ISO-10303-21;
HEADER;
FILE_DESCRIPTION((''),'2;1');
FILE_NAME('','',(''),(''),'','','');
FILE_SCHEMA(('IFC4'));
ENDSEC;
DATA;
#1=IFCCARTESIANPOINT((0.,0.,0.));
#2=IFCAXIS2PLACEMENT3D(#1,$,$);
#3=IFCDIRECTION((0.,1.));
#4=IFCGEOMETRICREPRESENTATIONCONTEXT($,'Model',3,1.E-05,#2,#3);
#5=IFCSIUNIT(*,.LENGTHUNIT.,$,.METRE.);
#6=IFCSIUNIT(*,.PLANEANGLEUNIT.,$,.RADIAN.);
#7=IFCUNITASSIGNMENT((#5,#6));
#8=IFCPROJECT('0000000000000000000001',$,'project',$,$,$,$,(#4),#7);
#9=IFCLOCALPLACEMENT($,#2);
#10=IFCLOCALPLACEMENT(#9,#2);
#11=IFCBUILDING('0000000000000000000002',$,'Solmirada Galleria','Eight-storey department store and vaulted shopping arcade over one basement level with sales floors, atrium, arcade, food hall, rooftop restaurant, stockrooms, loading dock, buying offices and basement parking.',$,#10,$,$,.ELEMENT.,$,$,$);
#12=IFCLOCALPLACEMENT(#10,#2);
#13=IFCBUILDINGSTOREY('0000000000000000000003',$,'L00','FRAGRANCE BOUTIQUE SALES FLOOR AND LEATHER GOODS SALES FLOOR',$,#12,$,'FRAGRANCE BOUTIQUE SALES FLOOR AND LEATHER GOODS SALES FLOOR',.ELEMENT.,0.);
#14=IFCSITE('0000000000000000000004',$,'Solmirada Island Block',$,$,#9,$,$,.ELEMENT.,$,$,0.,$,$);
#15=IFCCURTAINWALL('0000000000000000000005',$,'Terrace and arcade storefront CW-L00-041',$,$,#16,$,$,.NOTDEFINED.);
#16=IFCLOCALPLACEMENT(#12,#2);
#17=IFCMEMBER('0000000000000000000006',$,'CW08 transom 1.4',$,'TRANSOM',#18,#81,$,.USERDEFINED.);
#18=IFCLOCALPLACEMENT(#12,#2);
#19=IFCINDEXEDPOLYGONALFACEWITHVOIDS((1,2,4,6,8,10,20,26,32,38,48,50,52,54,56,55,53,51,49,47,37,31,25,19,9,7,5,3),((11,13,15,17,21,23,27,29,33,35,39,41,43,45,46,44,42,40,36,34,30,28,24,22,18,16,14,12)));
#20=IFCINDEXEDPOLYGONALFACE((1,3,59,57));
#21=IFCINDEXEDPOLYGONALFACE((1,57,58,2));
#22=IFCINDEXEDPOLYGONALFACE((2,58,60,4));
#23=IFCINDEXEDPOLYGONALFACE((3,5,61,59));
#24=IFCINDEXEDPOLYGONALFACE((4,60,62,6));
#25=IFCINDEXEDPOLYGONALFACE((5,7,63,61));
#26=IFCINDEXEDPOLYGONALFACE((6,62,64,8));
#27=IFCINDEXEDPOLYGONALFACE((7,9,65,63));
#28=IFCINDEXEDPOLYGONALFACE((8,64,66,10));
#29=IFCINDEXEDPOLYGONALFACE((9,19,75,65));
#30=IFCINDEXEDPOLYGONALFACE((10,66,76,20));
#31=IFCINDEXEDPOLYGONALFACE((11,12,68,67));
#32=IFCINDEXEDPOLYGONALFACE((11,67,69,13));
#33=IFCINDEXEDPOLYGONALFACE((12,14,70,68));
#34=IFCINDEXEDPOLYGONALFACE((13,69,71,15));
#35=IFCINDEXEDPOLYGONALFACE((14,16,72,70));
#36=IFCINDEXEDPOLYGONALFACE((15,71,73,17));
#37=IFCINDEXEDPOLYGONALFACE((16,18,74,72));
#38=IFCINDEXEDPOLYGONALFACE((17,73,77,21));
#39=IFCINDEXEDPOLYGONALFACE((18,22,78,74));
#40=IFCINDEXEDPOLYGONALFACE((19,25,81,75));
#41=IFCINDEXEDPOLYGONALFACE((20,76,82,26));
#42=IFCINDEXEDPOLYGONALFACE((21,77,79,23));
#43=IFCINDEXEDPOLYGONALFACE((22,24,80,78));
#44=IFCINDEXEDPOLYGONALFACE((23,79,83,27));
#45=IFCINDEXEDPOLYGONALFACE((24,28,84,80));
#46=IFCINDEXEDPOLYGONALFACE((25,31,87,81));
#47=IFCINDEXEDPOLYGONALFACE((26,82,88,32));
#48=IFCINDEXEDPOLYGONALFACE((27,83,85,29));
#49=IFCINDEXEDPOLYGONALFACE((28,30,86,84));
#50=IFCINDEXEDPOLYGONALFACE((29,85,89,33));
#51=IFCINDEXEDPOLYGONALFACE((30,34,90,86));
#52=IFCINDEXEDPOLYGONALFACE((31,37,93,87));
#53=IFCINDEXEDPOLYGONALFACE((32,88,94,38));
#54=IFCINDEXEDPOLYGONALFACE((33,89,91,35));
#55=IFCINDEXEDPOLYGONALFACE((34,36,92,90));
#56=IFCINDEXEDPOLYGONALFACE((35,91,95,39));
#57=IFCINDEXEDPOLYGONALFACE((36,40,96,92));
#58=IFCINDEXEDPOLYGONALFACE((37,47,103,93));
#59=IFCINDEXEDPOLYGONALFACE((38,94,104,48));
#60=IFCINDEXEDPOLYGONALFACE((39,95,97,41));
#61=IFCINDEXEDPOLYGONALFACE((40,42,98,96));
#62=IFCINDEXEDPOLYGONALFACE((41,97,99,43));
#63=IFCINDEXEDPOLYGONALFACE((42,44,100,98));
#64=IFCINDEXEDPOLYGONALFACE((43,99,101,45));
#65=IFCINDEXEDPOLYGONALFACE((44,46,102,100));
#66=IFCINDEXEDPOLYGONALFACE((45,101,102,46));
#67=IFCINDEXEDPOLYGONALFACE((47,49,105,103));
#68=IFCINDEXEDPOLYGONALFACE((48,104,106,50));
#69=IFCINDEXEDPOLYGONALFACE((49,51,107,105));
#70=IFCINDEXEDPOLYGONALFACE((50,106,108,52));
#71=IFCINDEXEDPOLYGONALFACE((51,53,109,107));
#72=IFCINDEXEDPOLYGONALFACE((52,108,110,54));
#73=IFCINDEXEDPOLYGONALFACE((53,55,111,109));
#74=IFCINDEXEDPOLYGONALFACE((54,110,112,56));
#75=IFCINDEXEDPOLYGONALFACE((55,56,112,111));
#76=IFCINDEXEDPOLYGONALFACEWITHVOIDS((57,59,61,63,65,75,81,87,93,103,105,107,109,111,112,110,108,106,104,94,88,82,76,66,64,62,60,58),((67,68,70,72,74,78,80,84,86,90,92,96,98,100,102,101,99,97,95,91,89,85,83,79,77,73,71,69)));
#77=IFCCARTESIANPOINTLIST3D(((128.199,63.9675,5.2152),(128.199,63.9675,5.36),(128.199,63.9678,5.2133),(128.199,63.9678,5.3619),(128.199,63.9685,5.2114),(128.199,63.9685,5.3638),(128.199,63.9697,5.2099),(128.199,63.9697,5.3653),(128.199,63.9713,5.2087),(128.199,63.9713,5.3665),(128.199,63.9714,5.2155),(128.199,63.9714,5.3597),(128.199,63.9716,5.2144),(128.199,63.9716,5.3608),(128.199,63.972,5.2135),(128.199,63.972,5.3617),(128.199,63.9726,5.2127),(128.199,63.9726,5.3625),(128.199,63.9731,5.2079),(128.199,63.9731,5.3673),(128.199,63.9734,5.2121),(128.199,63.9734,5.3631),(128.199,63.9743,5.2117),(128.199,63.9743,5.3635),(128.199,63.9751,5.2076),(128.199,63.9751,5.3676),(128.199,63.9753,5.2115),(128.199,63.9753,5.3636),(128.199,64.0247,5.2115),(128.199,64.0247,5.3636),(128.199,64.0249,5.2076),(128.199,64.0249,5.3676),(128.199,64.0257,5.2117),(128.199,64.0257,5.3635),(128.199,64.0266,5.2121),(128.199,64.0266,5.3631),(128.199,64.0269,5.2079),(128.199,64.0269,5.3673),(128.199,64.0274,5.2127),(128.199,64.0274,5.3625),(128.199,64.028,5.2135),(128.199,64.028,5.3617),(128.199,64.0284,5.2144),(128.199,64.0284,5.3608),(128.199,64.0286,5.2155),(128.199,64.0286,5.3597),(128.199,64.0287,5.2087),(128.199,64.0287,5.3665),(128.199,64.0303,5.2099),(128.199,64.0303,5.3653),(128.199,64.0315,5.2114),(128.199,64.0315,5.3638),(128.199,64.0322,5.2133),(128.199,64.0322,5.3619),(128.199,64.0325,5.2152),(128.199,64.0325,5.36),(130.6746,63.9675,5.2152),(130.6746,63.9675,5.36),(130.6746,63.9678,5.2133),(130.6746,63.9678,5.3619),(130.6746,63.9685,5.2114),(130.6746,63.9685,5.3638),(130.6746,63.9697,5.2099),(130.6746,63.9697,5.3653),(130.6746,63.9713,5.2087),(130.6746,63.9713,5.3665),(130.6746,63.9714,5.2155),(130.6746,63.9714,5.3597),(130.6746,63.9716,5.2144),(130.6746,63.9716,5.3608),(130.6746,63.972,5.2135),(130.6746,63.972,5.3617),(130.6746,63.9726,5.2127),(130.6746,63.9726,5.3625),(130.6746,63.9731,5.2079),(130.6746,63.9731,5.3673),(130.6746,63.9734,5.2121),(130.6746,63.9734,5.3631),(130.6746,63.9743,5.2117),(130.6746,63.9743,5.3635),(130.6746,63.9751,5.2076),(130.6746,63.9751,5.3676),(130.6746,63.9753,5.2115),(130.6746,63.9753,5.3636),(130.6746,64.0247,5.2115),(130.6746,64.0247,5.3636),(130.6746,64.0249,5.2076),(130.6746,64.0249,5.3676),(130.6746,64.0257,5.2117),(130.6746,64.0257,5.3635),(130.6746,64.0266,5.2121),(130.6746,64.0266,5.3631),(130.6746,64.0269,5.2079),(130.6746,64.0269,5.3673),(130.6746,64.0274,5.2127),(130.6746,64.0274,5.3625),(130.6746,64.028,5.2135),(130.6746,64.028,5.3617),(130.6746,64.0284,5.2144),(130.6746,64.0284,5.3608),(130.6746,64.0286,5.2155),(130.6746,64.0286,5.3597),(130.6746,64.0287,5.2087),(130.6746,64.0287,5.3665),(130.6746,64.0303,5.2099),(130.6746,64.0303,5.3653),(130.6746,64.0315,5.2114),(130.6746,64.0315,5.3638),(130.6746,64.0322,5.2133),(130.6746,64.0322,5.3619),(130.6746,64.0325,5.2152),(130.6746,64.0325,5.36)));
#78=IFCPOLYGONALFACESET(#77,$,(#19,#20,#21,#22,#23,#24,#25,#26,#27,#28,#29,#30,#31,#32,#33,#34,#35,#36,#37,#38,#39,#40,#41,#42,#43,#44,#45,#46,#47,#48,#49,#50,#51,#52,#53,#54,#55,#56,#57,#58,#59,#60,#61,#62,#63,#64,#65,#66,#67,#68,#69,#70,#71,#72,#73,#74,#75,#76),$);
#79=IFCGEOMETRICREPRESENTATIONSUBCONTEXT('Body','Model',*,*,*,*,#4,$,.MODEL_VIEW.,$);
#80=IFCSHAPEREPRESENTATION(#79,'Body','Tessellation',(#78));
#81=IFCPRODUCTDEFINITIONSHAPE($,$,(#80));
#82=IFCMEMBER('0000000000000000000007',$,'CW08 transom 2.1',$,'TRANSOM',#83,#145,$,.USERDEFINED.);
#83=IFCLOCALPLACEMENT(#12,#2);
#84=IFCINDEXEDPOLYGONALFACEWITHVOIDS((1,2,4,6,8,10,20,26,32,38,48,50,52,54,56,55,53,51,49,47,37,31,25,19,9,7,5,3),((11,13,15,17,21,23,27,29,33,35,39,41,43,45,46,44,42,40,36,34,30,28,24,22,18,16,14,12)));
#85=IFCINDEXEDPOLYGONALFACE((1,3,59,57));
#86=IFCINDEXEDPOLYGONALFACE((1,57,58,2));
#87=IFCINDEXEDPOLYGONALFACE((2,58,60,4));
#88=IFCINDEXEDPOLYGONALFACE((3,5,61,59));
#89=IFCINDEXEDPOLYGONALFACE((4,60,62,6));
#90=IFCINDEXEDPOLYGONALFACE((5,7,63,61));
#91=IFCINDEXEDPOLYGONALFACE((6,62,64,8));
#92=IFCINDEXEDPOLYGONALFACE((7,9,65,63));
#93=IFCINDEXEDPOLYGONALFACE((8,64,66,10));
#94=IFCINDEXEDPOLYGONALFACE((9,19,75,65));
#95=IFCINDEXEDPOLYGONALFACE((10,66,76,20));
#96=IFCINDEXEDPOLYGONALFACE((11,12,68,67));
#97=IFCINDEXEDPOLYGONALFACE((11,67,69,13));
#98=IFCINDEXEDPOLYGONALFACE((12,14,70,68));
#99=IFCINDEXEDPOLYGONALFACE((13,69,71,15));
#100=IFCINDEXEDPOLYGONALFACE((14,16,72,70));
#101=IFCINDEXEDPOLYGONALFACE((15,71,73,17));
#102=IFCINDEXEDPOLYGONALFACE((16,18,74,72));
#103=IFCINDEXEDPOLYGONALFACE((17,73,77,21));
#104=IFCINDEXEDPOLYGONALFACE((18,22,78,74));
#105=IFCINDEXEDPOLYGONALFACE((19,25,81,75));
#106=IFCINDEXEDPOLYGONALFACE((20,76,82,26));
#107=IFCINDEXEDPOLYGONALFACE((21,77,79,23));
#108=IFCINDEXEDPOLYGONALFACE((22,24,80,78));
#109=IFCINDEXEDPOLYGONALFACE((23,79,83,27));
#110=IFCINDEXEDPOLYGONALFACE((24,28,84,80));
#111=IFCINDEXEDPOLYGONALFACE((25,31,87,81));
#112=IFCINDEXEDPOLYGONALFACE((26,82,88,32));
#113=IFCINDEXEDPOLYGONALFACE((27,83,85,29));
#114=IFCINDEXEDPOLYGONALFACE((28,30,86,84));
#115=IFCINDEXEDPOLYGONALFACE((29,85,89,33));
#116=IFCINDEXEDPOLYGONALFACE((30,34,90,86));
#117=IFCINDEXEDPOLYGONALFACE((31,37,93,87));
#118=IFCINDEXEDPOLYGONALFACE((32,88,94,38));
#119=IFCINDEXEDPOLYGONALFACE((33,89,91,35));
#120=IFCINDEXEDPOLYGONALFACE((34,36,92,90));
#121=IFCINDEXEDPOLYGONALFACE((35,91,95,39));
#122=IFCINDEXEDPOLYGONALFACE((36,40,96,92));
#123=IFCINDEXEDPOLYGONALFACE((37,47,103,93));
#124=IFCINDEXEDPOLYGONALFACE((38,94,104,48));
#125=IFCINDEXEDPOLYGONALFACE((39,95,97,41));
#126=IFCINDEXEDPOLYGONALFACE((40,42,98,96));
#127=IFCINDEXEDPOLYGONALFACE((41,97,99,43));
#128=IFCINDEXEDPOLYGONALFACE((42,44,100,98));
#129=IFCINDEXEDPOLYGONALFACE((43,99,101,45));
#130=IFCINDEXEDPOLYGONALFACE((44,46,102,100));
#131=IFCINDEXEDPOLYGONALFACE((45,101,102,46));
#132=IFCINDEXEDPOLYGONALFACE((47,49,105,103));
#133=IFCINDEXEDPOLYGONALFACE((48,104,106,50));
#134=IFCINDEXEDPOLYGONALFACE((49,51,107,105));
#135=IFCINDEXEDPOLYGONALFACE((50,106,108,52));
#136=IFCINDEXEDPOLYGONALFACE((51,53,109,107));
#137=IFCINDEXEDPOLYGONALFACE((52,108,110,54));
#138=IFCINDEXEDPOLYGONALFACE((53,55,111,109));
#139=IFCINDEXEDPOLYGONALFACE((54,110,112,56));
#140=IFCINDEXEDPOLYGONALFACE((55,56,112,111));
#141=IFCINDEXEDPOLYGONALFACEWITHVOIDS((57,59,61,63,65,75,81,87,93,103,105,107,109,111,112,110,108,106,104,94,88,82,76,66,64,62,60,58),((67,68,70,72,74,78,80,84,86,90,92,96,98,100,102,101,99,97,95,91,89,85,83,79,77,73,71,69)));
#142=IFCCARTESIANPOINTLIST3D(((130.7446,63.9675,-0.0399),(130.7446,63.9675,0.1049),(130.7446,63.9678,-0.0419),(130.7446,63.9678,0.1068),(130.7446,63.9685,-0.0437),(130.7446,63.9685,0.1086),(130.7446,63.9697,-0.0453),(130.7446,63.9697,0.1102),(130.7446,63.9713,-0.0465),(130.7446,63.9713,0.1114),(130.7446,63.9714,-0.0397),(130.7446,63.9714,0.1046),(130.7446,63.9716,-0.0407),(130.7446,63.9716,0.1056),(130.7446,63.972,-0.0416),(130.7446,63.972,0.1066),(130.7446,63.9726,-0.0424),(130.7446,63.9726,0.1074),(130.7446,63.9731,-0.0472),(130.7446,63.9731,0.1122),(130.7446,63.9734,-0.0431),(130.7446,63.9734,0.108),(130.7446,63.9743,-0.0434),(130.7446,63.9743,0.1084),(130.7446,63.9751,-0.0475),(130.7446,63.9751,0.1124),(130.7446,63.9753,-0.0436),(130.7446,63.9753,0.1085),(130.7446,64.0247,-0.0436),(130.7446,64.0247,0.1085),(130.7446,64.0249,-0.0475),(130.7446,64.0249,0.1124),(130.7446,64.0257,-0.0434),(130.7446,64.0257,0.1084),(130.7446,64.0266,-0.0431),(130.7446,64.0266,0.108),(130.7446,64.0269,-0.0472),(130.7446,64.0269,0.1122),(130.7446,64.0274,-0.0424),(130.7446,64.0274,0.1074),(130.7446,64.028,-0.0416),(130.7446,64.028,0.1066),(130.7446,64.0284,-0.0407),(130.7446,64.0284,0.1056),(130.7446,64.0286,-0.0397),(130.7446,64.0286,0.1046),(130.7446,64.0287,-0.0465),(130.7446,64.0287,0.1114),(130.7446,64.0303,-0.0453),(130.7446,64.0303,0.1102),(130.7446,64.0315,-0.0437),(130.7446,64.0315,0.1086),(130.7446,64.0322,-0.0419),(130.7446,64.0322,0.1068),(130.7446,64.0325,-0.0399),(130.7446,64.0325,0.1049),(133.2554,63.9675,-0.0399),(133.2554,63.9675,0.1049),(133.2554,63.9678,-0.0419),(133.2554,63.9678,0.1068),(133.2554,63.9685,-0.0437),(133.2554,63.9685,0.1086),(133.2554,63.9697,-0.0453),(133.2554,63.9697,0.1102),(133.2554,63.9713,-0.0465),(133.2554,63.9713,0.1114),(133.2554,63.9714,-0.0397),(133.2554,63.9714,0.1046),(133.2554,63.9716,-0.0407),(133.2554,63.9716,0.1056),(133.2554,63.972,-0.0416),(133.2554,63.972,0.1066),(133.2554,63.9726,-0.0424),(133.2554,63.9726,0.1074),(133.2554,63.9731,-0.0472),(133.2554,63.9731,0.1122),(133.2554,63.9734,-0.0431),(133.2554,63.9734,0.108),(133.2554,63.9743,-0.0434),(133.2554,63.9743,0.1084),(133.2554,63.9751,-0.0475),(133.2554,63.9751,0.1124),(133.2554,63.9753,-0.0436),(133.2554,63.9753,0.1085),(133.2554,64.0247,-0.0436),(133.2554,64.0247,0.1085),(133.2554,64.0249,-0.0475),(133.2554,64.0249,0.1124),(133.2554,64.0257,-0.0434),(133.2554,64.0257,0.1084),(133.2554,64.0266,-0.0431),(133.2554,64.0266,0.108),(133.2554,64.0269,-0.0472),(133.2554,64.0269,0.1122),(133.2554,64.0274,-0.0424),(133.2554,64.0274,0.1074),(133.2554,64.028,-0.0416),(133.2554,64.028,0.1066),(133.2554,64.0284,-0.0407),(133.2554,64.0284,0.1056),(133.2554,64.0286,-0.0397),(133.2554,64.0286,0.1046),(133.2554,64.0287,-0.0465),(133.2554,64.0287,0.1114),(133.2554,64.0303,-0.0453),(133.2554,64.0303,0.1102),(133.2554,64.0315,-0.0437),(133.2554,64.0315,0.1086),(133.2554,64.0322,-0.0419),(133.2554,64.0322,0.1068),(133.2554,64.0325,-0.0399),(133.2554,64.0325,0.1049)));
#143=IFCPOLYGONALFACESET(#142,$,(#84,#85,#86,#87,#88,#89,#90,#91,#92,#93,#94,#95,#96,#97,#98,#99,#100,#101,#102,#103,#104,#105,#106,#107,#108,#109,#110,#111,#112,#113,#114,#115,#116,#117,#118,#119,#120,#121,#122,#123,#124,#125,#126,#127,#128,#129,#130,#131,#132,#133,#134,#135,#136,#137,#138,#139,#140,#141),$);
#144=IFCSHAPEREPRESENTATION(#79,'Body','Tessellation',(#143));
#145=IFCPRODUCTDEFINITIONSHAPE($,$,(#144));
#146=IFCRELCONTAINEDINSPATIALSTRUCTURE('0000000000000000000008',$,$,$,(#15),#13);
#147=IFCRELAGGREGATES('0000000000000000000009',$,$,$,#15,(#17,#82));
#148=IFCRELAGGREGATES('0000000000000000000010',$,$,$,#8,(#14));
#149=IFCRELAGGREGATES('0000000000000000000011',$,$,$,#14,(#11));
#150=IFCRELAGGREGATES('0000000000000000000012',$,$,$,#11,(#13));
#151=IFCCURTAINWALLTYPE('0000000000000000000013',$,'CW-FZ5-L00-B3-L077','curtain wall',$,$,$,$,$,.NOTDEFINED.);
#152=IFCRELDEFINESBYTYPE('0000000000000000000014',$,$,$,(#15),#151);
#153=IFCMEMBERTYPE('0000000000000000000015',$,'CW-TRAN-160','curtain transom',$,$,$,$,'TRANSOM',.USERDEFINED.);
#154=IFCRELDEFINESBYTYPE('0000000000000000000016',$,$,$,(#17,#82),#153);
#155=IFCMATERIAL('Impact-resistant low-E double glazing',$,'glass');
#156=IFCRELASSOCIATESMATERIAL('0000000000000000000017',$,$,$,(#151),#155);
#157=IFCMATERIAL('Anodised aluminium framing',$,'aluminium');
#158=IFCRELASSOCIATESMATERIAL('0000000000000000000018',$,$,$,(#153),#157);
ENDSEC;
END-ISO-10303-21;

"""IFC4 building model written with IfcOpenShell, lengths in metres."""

from ifc_helpers import new_model, si_unit, direction, frame, origin, origin_2d, place, context, subcontext, project, spatial, hollow_rectangle, extrude, material, material_profile, profile_set, type_object, element, aggregate, save


model = new_model("IFC4")

# Units and contexts
model_context = context("Model", 3, precision=1e-05, world=origin(), true_north=direction((0.0, 1.0)))
body_context = subcontext(model_context, "Body", "Model", "MODEL_VIEW")
ifc_project = project(units=[si_unit("LENGTHUNIT", "METRE"), si_unit("PLANEANGLEUNIT", "RADIAN")], contexts=[model_context])

# Site, building, storey
site_placement = place(None, origin())
site = spatial("IfcSite", under=ifc_project, at=site_placement, Name="Solmirada Island Block", CompositionType="ELEMENT", RefElevation=0.0)
building_placement = place(site_placement, origin())
building = spatial("IfcBuilding", under=site, at=building_placement, Name="Solmirada Galleria", Description="Eight-storey department store and vaulted shopping arcade over one basement level with sales floors, atrium, arcade, food hall, rooftop restaurant, stockrooms, loading dock, buying offices and basement parking.", CompositionType="ELEMENT")
storey_placement = place(building_placement, origin())
storey = spatial("IfcBuildingStorey", under=building, at=storey_placement, Name="L00", Description="FRAGRANCE BOUTIQUE SALES FLOOR AND LEATHER GOODS SALES FLOOR", LongName="FRAGRANCE BOUTIQUE SALES FLOOR AND LEATHER GOODS SALES FLOOR", CompositionType="ELEMENT", Elevation=0.0)

# Curtain wall, members
ifc_material_1 = material(Name="Impact-resistant low-E double glazing", Category="glass")
curtain_wall_type = type_object("IfcCurtainWallType", Name="CW-FZ5-L00-B3-L077", Description="curtain wall", PredefinedType="NOTDEFINED", material=ifc_material_1)
curtain_wall_placement = place(storey_placement, origin())
curtain_wall = element("IfcCurtainWall", 1, at=curtain_wall_placement, inside=storey, type_object=curtain_wall_type, Name="Terrace and arcade storefront CW-L00-041", PredefinedType="NOTDEFINED")
ifc_material_2 = material(Name="Anodised aluminium framing", Category="aluminium")
ifc_material_profile_1 = material_profile(ifc_material_2, hollow_rectangle(XDim=0.0649, YDim=0.1599, WallThickness=0.0039, InnerFilletRadius=0.0039, OuterFilletRadius=0.0076, at=origin_2d()), Name="ALU-TRAN-160X65")
ifc_profile_set_1 = profile_set([ifc_material_profile_1], Name="Anodised aluminium framing")
member_type_1 = type_object("IfcMemberType", Name="CW-TRAN-160", Description="curtain transom", ElementType="TRANSOM", PredefinedType="USERDEFINED", material=ifc_profile_set_1)
member_1_placement = place(storey_placement, frame((128.199, 64.0, 5.2876), z_axis=(1.0, 0.0, 0.0), x_axis=(0.0, 1.0, 0.0)))
member_1 = element("IfcMember", 2, at=member_1_placement, type_object=member_type_1, Name="CW08 transom 1.4", ObjectType="TRANSOM", PredefinedType="USERDEFINED", context=body_context, shape_type="SweptSolid", body=[
    extrude(hollow_rectangle(XDim=0.0649, YDim=0.1599, WallThickness=0.0039, InnerFilletRadius=0.0039, OuterFilletRadius=0.0076, at=origin_2d()), origin(), (0.0, 0.0, 1.0), 2.4756),
])
member_2_placement = place(storey_placement, frame((130.7446, 64.0, 0.0325), z_axis=(1.0, 0.0, 0.0), x_axis=(0.0, 1.0, 0.0)))
member_2 = element("IfcMember", 3, at=member_2_placement, type_object=member_type_1, Name="CW08 transom 2.1", ObjectType="TRANSOM", PredefinedType="USERDEFINED", context=body_context, shape_type="SweptSolid", body=[
    extrude(hollow_rectangle(XDim=0.0649, YDim=0.1599, WallThickness=0.0039, InnerFilletRadius=0.0039, OuterFilletRadius=0.0076, at=origin_2d()), origin(), (0.0, 0.0, 1.0), 2.5107),
])
aggregate(curtain_wall, [member_1, member_2])

save(model, "model.ifc")
